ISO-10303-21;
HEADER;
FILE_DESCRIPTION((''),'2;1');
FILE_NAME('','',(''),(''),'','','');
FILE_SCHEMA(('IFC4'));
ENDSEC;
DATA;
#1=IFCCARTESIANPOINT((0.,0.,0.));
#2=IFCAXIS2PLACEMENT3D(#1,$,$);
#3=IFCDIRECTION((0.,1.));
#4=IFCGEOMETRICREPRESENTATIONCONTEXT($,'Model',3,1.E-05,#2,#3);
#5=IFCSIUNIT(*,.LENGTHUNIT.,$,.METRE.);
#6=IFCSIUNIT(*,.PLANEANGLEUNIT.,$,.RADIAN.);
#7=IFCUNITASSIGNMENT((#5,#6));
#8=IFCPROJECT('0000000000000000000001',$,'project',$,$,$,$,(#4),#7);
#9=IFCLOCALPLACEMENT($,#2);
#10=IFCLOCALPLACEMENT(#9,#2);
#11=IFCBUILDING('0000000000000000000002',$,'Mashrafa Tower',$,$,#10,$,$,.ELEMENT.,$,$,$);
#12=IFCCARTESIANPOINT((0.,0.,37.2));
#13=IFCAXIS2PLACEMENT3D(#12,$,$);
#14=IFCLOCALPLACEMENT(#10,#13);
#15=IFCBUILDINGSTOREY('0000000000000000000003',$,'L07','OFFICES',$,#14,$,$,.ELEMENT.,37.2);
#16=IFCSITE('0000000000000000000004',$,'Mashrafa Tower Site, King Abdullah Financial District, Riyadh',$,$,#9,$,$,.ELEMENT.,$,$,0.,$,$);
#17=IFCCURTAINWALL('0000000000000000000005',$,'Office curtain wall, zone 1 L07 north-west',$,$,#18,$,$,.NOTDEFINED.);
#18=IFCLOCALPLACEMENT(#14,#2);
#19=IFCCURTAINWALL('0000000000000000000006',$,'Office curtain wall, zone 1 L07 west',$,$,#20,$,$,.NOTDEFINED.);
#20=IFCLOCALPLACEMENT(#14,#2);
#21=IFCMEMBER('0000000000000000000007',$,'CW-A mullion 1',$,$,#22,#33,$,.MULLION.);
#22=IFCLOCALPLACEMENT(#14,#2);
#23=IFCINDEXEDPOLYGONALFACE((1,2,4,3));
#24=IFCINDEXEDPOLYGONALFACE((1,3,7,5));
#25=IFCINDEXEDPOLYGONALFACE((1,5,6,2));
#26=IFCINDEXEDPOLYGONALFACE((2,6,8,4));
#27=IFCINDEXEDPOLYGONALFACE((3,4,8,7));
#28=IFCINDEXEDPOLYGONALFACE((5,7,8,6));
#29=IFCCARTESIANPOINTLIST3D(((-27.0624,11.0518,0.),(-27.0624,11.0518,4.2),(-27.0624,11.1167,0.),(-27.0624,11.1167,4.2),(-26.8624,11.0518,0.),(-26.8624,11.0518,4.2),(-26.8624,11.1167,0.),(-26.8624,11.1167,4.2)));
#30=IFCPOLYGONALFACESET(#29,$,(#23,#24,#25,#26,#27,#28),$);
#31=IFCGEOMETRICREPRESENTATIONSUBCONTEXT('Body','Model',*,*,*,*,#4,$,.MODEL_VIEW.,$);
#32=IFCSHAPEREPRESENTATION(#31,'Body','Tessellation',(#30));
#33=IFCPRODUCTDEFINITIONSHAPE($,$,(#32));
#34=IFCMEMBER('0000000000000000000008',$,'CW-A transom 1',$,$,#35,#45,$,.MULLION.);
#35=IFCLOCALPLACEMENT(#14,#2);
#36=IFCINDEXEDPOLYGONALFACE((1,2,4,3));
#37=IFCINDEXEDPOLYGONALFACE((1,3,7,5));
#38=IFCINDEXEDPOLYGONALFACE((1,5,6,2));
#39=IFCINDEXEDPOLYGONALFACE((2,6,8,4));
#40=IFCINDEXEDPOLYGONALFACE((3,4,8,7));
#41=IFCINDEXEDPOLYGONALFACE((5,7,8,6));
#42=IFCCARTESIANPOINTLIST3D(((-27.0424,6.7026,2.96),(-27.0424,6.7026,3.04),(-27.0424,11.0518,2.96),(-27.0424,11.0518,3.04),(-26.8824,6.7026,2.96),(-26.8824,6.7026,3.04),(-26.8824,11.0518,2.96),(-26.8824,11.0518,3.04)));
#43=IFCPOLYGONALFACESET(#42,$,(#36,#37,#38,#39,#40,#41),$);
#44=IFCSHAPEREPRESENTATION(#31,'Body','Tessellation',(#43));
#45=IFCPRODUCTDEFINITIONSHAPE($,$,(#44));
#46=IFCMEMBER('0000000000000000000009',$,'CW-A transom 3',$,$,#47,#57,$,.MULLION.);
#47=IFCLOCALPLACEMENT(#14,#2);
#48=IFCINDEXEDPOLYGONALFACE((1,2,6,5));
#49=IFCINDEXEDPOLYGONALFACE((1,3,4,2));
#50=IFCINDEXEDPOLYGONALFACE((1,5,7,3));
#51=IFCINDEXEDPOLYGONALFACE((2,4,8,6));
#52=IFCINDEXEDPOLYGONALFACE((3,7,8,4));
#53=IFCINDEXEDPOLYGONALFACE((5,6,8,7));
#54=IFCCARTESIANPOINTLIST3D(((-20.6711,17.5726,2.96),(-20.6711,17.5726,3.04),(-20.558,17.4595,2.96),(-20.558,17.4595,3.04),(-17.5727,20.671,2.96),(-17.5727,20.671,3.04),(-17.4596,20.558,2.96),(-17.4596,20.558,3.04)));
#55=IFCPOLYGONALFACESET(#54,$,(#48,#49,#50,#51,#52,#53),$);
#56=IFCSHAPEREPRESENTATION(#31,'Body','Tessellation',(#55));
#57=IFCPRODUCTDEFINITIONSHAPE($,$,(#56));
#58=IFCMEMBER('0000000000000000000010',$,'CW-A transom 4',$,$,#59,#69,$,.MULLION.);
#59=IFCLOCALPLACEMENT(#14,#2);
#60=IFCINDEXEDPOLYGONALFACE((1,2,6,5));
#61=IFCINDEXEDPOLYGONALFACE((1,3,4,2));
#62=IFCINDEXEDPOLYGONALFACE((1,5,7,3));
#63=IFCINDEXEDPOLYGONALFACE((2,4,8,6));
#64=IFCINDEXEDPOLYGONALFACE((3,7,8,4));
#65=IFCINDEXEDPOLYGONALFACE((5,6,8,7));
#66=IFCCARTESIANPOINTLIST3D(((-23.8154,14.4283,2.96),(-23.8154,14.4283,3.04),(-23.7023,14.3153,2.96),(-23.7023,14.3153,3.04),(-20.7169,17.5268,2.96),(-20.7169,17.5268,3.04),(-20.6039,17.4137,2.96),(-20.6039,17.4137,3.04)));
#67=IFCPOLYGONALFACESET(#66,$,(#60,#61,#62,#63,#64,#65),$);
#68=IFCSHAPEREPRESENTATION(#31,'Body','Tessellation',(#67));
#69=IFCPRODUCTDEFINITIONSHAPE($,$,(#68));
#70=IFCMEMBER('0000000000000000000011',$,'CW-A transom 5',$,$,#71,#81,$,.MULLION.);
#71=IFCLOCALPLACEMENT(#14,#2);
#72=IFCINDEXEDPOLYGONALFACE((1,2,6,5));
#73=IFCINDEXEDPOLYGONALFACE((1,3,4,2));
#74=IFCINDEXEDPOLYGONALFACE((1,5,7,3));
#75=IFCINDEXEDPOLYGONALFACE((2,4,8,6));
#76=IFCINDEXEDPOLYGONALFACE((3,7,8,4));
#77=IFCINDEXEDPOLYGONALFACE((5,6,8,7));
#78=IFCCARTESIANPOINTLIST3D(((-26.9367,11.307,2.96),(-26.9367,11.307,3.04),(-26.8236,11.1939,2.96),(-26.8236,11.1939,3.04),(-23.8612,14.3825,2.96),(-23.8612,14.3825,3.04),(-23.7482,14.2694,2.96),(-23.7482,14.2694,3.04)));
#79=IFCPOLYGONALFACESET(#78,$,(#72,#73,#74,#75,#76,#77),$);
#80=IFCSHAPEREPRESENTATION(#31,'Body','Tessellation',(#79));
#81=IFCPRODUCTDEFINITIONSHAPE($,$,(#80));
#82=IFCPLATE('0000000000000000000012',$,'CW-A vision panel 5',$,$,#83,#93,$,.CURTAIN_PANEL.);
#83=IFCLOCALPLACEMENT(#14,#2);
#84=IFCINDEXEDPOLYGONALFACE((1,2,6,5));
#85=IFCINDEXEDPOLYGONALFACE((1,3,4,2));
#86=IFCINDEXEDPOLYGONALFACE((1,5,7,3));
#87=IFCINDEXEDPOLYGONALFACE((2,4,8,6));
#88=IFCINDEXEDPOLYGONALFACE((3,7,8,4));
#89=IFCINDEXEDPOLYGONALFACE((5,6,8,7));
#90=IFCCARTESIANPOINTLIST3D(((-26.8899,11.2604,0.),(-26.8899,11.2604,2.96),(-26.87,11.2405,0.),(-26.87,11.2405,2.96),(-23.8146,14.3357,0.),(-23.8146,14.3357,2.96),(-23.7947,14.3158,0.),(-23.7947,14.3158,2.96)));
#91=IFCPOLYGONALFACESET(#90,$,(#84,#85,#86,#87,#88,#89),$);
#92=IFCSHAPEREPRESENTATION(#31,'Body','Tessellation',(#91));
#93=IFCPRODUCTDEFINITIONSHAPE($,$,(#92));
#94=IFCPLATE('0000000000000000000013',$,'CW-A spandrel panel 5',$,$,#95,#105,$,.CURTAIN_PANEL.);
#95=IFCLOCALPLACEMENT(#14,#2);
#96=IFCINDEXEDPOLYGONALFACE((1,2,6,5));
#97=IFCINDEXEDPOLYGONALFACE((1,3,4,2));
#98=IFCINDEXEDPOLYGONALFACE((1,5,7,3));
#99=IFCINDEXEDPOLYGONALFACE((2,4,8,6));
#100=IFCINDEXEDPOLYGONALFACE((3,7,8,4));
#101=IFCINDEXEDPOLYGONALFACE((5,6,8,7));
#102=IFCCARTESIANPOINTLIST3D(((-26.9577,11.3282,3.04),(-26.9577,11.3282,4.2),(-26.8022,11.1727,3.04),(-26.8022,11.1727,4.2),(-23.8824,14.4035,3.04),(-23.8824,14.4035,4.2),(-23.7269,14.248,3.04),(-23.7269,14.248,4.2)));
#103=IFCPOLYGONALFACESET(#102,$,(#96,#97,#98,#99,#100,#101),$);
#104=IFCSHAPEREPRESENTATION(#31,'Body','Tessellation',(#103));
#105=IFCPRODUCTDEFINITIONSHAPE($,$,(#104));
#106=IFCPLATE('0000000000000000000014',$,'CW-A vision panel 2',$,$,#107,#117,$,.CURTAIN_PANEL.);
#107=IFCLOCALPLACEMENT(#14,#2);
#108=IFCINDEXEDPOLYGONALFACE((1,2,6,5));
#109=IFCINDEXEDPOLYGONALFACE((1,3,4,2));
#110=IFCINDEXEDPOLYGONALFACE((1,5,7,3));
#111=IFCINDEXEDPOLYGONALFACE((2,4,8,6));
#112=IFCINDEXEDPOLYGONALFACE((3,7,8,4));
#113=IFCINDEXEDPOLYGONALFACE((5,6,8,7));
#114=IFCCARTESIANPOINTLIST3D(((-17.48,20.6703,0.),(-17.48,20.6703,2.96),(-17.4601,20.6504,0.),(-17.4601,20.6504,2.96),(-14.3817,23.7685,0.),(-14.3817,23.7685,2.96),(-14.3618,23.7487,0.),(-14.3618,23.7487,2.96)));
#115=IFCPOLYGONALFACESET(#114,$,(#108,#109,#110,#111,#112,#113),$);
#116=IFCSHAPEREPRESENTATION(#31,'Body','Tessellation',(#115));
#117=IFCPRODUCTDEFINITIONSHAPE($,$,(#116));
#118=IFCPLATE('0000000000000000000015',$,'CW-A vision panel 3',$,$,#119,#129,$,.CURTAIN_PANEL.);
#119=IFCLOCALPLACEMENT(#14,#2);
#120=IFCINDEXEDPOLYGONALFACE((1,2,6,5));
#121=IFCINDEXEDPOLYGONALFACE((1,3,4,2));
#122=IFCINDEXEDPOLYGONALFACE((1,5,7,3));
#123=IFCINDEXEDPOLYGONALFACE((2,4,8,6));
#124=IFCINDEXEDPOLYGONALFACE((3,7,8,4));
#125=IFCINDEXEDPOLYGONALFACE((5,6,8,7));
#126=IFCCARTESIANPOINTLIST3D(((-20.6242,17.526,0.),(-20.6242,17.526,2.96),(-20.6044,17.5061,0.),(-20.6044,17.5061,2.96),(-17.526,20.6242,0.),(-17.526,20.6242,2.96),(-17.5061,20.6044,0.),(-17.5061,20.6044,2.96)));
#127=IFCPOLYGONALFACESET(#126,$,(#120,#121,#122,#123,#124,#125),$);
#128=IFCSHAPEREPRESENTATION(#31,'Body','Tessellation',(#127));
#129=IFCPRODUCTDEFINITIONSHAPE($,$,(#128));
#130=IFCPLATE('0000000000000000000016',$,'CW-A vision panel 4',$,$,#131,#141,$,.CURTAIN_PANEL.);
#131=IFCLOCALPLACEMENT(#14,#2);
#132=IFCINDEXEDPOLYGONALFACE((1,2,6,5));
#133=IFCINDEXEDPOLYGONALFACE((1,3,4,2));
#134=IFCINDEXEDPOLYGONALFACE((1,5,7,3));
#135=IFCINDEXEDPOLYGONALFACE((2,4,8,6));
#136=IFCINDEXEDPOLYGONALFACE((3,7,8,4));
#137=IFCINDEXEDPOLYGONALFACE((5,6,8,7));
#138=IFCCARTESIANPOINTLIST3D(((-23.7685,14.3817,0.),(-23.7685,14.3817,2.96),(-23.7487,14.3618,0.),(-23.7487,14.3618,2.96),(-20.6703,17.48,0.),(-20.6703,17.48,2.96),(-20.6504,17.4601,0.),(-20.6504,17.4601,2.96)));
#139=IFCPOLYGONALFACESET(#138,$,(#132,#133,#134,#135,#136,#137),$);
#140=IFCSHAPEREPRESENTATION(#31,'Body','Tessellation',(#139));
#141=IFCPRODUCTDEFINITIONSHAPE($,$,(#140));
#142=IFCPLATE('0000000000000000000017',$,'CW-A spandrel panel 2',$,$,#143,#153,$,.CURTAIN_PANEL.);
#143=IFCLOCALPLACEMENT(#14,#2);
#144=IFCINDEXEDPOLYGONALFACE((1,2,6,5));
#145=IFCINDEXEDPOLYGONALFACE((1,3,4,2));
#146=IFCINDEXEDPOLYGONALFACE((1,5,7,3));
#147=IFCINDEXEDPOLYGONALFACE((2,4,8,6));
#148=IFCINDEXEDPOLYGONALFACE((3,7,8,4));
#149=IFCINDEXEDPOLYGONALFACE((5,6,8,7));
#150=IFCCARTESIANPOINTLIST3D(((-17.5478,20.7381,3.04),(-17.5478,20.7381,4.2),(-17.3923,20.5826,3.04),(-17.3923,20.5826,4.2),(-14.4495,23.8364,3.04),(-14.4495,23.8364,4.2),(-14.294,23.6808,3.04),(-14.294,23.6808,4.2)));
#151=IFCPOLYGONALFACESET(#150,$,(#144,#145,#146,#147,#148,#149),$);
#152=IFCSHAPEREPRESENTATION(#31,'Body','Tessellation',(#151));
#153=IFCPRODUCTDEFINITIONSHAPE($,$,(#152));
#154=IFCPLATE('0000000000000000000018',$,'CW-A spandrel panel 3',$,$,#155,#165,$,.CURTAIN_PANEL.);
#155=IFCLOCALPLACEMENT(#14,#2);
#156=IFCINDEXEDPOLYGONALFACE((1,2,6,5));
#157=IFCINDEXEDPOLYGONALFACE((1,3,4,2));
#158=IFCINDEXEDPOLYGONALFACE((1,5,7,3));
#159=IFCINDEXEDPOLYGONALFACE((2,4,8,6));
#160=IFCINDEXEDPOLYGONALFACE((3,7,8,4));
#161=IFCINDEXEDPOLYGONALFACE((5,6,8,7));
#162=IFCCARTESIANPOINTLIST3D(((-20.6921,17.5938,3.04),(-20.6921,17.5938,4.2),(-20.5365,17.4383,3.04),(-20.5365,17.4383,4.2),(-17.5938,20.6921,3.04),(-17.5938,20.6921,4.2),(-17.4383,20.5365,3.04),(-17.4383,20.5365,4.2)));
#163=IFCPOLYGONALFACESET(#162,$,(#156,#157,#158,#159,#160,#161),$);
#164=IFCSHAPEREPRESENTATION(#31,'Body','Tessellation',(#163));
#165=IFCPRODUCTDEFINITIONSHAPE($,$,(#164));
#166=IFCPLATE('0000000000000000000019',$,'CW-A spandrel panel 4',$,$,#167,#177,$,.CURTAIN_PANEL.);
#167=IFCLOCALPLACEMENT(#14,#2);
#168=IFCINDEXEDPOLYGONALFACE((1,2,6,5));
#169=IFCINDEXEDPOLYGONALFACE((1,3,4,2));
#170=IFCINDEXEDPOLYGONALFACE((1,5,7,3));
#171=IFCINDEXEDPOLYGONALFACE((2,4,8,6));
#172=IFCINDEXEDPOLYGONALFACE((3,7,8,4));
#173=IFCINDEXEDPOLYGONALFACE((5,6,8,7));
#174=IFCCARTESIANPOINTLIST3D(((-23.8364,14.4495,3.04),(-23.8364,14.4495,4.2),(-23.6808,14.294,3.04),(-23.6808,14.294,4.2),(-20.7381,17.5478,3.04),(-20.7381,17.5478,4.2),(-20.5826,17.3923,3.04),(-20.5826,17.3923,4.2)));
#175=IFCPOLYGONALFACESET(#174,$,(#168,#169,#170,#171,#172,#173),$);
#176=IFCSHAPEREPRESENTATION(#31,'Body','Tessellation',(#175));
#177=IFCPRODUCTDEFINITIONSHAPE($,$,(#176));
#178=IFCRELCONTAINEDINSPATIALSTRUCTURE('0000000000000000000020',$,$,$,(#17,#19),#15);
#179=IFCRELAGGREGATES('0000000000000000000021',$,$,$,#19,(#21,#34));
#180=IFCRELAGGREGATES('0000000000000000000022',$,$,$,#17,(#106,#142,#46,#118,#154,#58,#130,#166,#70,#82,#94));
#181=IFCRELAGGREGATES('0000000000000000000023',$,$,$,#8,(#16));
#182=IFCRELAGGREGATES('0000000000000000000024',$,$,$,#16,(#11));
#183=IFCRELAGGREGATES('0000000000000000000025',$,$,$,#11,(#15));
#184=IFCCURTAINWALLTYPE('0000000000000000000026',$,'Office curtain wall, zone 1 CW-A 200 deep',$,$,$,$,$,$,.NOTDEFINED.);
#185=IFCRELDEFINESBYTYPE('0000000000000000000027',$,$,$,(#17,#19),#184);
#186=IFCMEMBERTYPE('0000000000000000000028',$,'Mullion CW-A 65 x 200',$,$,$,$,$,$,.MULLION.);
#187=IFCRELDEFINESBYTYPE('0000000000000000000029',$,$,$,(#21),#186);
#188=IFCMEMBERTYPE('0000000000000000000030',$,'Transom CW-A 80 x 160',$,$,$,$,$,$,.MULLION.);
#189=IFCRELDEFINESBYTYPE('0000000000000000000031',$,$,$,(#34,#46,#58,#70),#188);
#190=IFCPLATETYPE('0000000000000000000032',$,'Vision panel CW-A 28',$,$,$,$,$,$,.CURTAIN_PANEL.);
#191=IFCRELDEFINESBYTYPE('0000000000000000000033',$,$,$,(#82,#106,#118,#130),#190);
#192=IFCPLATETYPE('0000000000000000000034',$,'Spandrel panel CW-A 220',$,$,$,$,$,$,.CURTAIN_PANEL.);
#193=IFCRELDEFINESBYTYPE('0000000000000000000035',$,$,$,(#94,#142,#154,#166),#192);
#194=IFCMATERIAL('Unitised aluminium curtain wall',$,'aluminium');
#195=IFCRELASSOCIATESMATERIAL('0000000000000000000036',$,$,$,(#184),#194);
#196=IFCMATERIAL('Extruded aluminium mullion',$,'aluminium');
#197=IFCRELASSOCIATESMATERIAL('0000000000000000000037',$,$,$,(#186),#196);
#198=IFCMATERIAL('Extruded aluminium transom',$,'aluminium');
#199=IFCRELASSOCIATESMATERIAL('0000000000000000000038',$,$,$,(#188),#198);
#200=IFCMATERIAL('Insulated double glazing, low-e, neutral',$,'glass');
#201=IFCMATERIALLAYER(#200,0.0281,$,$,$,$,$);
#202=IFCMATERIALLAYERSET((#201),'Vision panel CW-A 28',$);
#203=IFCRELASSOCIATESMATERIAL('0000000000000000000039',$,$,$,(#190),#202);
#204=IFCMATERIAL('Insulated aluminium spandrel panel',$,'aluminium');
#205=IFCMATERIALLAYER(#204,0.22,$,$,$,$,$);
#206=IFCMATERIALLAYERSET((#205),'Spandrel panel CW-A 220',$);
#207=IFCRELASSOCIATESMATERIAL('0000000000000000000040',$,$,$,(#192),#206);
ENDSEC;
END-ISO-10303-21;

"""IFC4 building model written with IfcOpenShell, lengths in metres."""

from ifc_helpers import new_model, si_unit, direction, frame, origin, origin_2d, place, context, subcontext, project, spatial, rectangle, extrude, source, transform, mapped, material, layer, layer_set, material_profile, profile_set, type_object, type_shapes, element, aggregate, save


model = new_model("IFC4")

# Units and contexts
model_context = context("Model", 3, precision=1e-05, world=origin(), true_north=direction((0.0, 1.0)))
body_context = subcontext(model_context, "Body", "Model", "MODEL_VIEW")
ifc_project = project(units=[si_unit("LENGTHUNIT", "METRE"), si_unit("PLANEANGLEUNIT", "RADIAN")], contexts=[model_context])

# Site, building, storey
site_placement = place(None, origin())
site = spatial("IfcSite", under=ifc_project, at=site_placement, Name="Mashrafa Tower Site, King Abdullah Financial District, Riyadh", CompositionType="ELEMENT", RefElevation=0.0)
building_placement = place(site_placement, origin())
building = spatial("IfcBuilding", under=site, at=building_placement, Name="Mashrafa Tower", CompositionType="ELEMENT")
storey_placement = place(building_placement, frame((0.0, 0.0, 37.2)))
storey = spatial("IfcBuildingStorey", under=building, at=storey_placement, Name="L07", Description="OFFICES", CompositionType="ELEMENT", Elevation=37.2)

# Curtain walls, members
ifc_material_1 = material(Name="Unitised aluminium curtain wall", Category="aluminium")
curtain_wall_type = type_object("IfcCurtainWallType", Name="Office curtain wall, zone 1 CW-A 200 deep", PredefinedType="NOTDEFINED", material=ifc_material_1)
curtain_wall_1_placement = place(storey_placement, origin())
curtain_wall_1 = element("IfcCurtainWall", 1, at=curtain_wall_1_placement, inside=storey, type_object=curtain_wall_type, Name="Office curtain wall, zone 1 L07 north-west", PredefinedType="NOTDEFINED")
ifc_material_2 = material(Name="Extruded aluminium mullion", Category="aluminium")
ifc_material_profile_1 = material_profile(ifc_material_2, rectangle(XDim=0.2, YDim=0.0649, at=origin_2d()), Name="Mullion 65x200")
ifc_profile_set_1 = profile_set([ifc_material_profile_1], Name="Extruded aluminium mullion")
member_type_1 = type_object("IfcMemberType", Name="Mullion CW-A 65 x 200", PredefinedType="MULLION", material=ifc_profile_set_1)
shared_shape_1 = source(origin(), body_context, "Body", "SweptSolid", [
    extrude(rectangle(XDim=0.2, YDim=0.0649, at=origin_2d()), origin(), (0.0, 0.0, 1.0), 4.2),
])
type_shapes(member_type_1, [shared_shape_1])
curtain_wall_2_placement = place(storey_placement, origin())
curtain_wall_2 = element("IfcCurtainWall", 2, at=curtain_wall_2_placement, inside=storey, type_object=curtain_wall_type, Name="Office curtain wall, zone 1 L07 west", PredefinedType="NOTDEFINED")
member_1_placement = place(storey_placement, frame((-26.9624, 11.0842, 0.0), z_axis=(0.0, 0.0, 1.0), x_axis=(1.0, 0.0, 0.0)))
member_1 = element("IfcMember", 3, at=member_1_placement, type_object=member_type_1, Name="CW-A mullion 1", PredefinedType="MULLION", context=body_context, shape_type="MappedRepresentation", body=[
    mapped(shared_shape_1, transform((0.0, 0.0, 0.0))),
])
ifc_material_3 = material(Name="Extruded aluminium transom", Category="aluminium")
ifc_material_profile_2 = material_profile(ifc_material_3, rectangle(XDim=0.1599, YDim=0.0801, at=origin_2d()), Name="Transom 80x160")
ifc_profile_set_2 = profile_set([ifc_material_profile_2], Name="Extruded aluminium transom")
member_type_2 = type_object("IfcMemberType", Name="Transom CW-A 80 x 160", PredefinedType="MULLION", material=ifc_profile_set_2)
shared_shape_2 = source(origin(), body_context, "Body", "SweptSolid", [
    extrude(rectangle(XDim=0.1599, YDim=0.0801, at=origin_2d()), origin(), (0.0, 0.0, 1.0), 4.3491),
])
member_2_placement = place(storey_placement, frame((-26.9624, 11.0518, 3.0), z_axis=(0.0, -1.0, 0.0), x_axis=(1.0, 0.0, 0.0)))
member_2 = element("IfcMember", 4, at=member_2_placement, type_object=member_type_2, Name="CW-A transom 1", PredefinedType="MULLION", context=body_context, shape_type="MappedRepresentation", body=[
    mapped(shared_shape_2, transform((0.0, 0.0, 0.0))),
])
aggregate(curtain_wall_2, [member_1, member_2])

# Members
shared_shape_3 = source(origin(), body_context, "Body", "SweptSolid", [
    extrude(rectangle(XDim=0.1599, YDim=0.0801, at=origin_2d()), origin(), (0.0, 0.0, 1.0), 4.3818),
])
member_3_placement = place(storey_placement, frame((-17.5161, 20.6145, 3.0), z_axis=(-0.707107, -0.707107, 0.0), x_axis=(0.707107, -0.707107, 0.0)))
member_3 = element("IfcMember", 5, at=member_3_placement, type_object=member_type_2, Name="CW-A transom 3", PredefinedType="MULLION", context=body_context, shape_type="MappedRepresentation", body=[
    mapped(shared_shape_3, transform((0.0, 0.0, 0.0))),
])
member_4_placement = place(storey_placement, frame((-20.6604, 17.4702, 3.0), z_axis=(-0.707107, -0.707107, 0.0), x_axis=(0.707107, -0.707107, 0.0)))
member_4 = element("IfcMember", 6, at=member_4_placement, type_object=member_type_2, Name="CW-A transom 4", PredefinedType="MULLION", context=body_context, shape_type="MappedRepresentation", body=[
    mapped(shared_shape_3, transform((0.0, 0.0, 0.0))),
])
shared_shape_4 = source(origin(), body_context, "Body", "SweptSolid", [
    extrude(rectangle(XDim=0.1599, YDim=0.0801, at=origin_2d()), origin(), (0.0, 0.0, 1.0), 4.3494),
])
type_shapes(member_type_2, [shared_shape_2, shared_shape_3, shared_shape_4])
member_5_placement = place(storey_placement, frame((-23.8047, 14.3259, 3.0), z_axis=(-0.707107, -0.707107, 0.0), x_axis=(0.707107, -0.707107, 0.0)))
member_5 = element("IfcMember", 7, at=member_5_placement, type_object=member_type_2, Name="CW-A transom 5", PredefinedType="MULLION", context=body_context, shape_type="MappedRepresentation", body=[
    mapped(shared_shape_4, transform((0.0, 0.0, 0.0))),
])

# Plates
ifc_material_4 = material(Name="Insulated double glazing, low-e, neutral", Category="glass")
ifc_layer_1 = layer(ifc_material_4, 0.0281)
ifc_layer_set_1 = layer_set([ifc_layer_1], Name="Vision panel CW-A 28")
plate_type_1 = type_object("IfcPlateType", Name="Vision panel CW-A 28", PredefinedType="CURTAIN_PANEL", material=ifc_layer_set_1)
shared_shape_5 = source(origin(), body_context, "Body", "SweptSolid", [
    extrude(rectangle(XDim=4.3491, YDim=0.0281, at=origin_2d()), origin(), (0.0, 0.0, 1.0), 2.96),
])
plate_1_placement = place(storey_placement, frame((-25.3423, 12.7881, 0.0), z_axis=(0.0, 0.0, 1.0), x_axis=(-0.707107, -0.707107, 0.0)))
plate_1 = element("IfcPlate", 8, at=plate_1_placement, type_object=plate_type_1, Name="CW-A vision panel 5", PredefinedType="CURTAIN_PANEL", context=body_context, shape_type="MappedRepresentation", body=[
    mapped(shared_shape_5, transform((0.0, 0.0, 0.0))),
])
ifc_material_5 = material(Name="Insulated aluminium spandrel panel", Category="aluminium")
ifc_layer_2 = layer(ifc_material_5, 0.22)
ifc_layer_set_2 = layer_set([ifc_layer_2], Name="Spandrel panel CW-A 220")
plate_type_2 = type_object("IfcPlateType", Name="Spandrel panel CW-A 220", PredefinedType="CURTAIN_PANEL", material=ifc_layer_set_2)
shared_shape_6 = source(origin(), body_context, "Body", "SweptSolid", [
    extrude(rectangle(XDim=4.3491, YDim=0.22, at=origin_2d()), origin(), (0.0, 0.0, 1.0), 1.1599),
])
plate_2_placement = place(storey_placement, frame((-25.3423, 12.7881, 3.04), z_axis=(0.0, 0.0, 1.0), x_axis=(-0.707107, -0.707107, 0.0)))
plate_2 = element("IfcPlate", 9, at=plate_2_placement, type_object=plate_type_2, Name="CW-A spandrel panel 5", PredefinedType="CURTAIN_PANEL", context=body_context, shape_type="MappedRepresentation", body=[
    mapped(shared_shape_6, transform((0.0, 0.0, 0.0))),
])
shared_shape_7 = source(origin(), body_context, "Body", "SweptSolid", [
    extrude(rectangle(XDim=4.3816, YDim=0.0281, at=origin_2d()), origin(), (0.0, 0.0, 1.0), 2.96),
])
type_shapes(plate_type_1, [shared_shape_5, shared_shape_7])
plate_3_placement = place(storey_placement, frame((-15.9209, 22.2095, 0.0), z_axis=(0.0, 0.0, 1.0), x_axis=(-0.707107, -0.707107, 0.0)))
plate_3 = element("IfcPlate", 10, at=plate_3_placement, type_object=plate_type_1, Name="CW-A vision panel 2", PredefinedType="CURTAIN_PANEL", context=body_context, shape_type="MappedRepresentation", body=[
    mapped(shared_shape_7, transform((0.0, 0.0, 0.0))),
])
plate_4_placement = place(storey_placement, frame((-19.0652, 19.0652, 0.0), z_axis=(0.0, 0.0, 1.0), x_axis=(-0.707107, -0.707107, 0.0)))
plate_4 = element("IfcPlate", 11, at=plate_4_placement, type_object=plate_type_1, Name="CW-A vision panel 3", PredefinedType="CURTAIN_PANEL", context=body_context, shape_type="MappedRepresentation", body=[
    mapped(shared_shape_7, transform((0.0, 0.0, 0.0))),
])
plate_5_placement = place(storey_placement, frame((-22.2095, 15.9209, 0.0), z_axis=(0.0, 0.0, 1.0), x_axis=(-0.707107, -0.707107, 0.0)))
plate_5 = element("IfcPlate", 12, at=plate_5_placement, type_object=plate_type_1, Name="CW-A vision panel 4", PredefinedType="CURTAIN_PANEL", context=body_context, shape_type="MappedRepresentation", body=[
    mapped(shared_shape_7, transform((0.0, 0.0, 0.0))),
])
shared_shape_8 = source(origin(), body_context, "Body", "SweptSolid", [
    extrude(rectangle(XDim=4.3816, YDim=0.22, at=origin_2d()), origin(), (0.0, 0.0, 1.0), 1.1599),
])
type_shapes(plate_type_2, [shared_shape_6, shared_shape_8])
plate_6_placement = place(storey_placement, frame((-15.9209, 22.2095, 3.04), z_axis=(0.0, 0.0, 1.0), x_axis=(-0.707107, -0.707107, 0.0)))
plate_6 = element("IfcPlate", 13, at=plate_6_placement, type_object=plate_type_2, Name="CW-A spandrel panel 2", PredefinedType="CURTAIN_PANEL", context=body_context, shape_type="MappedRepresentation", body=[
    mapped(shared_shape_8, transform((0.0, 0.0, 0.0))),
])
plate_7_placement = place(storey_placement, frame((-19.0652, 19.0652, 3.04), z_axis=(0.0, 0.0, 1.0), x_axis=(-0.707107, -0.707107, 0.0)))
plate_7 = element("IfcPlate", 14, at=plate_7_placement, type_object=plate_type_2, Name="CW-A spandrel panel 3", PredefinedType="CURTAIN_PANEL", context=body_context, shape_type="MappedRepresentation", body=[
    mapped(shared_shape_8, transform((0.0, 0.0, 0.0))),
])
plate_8_placement = place(storey_placement, frame((-22.2095, 15.9209, 3.04), z_axis=(0.0, 0.0, 1.0), x_axis=(-0.707107, -0.707107, 0.0)))
plate_8 = element("IfcPlate", 15, at=plate_8_placement, type_object=plate_type_2, Name="CW-A spandrel panel 4", PredefinedType="CURTAIN_PANEL", context=body_context, shape_type="MappedRepresentation", body=[
    mapped(shared_shape_8, transform((0.0, 0.0, 0.0))),
])
aggregate(curtain_wall_1, [plate_3, plate_6, member_3, plate_4, plate_7, member_4, plate_5, plate_8, member_5, plate_1, plate_2])

save(model, "model.ifc")
